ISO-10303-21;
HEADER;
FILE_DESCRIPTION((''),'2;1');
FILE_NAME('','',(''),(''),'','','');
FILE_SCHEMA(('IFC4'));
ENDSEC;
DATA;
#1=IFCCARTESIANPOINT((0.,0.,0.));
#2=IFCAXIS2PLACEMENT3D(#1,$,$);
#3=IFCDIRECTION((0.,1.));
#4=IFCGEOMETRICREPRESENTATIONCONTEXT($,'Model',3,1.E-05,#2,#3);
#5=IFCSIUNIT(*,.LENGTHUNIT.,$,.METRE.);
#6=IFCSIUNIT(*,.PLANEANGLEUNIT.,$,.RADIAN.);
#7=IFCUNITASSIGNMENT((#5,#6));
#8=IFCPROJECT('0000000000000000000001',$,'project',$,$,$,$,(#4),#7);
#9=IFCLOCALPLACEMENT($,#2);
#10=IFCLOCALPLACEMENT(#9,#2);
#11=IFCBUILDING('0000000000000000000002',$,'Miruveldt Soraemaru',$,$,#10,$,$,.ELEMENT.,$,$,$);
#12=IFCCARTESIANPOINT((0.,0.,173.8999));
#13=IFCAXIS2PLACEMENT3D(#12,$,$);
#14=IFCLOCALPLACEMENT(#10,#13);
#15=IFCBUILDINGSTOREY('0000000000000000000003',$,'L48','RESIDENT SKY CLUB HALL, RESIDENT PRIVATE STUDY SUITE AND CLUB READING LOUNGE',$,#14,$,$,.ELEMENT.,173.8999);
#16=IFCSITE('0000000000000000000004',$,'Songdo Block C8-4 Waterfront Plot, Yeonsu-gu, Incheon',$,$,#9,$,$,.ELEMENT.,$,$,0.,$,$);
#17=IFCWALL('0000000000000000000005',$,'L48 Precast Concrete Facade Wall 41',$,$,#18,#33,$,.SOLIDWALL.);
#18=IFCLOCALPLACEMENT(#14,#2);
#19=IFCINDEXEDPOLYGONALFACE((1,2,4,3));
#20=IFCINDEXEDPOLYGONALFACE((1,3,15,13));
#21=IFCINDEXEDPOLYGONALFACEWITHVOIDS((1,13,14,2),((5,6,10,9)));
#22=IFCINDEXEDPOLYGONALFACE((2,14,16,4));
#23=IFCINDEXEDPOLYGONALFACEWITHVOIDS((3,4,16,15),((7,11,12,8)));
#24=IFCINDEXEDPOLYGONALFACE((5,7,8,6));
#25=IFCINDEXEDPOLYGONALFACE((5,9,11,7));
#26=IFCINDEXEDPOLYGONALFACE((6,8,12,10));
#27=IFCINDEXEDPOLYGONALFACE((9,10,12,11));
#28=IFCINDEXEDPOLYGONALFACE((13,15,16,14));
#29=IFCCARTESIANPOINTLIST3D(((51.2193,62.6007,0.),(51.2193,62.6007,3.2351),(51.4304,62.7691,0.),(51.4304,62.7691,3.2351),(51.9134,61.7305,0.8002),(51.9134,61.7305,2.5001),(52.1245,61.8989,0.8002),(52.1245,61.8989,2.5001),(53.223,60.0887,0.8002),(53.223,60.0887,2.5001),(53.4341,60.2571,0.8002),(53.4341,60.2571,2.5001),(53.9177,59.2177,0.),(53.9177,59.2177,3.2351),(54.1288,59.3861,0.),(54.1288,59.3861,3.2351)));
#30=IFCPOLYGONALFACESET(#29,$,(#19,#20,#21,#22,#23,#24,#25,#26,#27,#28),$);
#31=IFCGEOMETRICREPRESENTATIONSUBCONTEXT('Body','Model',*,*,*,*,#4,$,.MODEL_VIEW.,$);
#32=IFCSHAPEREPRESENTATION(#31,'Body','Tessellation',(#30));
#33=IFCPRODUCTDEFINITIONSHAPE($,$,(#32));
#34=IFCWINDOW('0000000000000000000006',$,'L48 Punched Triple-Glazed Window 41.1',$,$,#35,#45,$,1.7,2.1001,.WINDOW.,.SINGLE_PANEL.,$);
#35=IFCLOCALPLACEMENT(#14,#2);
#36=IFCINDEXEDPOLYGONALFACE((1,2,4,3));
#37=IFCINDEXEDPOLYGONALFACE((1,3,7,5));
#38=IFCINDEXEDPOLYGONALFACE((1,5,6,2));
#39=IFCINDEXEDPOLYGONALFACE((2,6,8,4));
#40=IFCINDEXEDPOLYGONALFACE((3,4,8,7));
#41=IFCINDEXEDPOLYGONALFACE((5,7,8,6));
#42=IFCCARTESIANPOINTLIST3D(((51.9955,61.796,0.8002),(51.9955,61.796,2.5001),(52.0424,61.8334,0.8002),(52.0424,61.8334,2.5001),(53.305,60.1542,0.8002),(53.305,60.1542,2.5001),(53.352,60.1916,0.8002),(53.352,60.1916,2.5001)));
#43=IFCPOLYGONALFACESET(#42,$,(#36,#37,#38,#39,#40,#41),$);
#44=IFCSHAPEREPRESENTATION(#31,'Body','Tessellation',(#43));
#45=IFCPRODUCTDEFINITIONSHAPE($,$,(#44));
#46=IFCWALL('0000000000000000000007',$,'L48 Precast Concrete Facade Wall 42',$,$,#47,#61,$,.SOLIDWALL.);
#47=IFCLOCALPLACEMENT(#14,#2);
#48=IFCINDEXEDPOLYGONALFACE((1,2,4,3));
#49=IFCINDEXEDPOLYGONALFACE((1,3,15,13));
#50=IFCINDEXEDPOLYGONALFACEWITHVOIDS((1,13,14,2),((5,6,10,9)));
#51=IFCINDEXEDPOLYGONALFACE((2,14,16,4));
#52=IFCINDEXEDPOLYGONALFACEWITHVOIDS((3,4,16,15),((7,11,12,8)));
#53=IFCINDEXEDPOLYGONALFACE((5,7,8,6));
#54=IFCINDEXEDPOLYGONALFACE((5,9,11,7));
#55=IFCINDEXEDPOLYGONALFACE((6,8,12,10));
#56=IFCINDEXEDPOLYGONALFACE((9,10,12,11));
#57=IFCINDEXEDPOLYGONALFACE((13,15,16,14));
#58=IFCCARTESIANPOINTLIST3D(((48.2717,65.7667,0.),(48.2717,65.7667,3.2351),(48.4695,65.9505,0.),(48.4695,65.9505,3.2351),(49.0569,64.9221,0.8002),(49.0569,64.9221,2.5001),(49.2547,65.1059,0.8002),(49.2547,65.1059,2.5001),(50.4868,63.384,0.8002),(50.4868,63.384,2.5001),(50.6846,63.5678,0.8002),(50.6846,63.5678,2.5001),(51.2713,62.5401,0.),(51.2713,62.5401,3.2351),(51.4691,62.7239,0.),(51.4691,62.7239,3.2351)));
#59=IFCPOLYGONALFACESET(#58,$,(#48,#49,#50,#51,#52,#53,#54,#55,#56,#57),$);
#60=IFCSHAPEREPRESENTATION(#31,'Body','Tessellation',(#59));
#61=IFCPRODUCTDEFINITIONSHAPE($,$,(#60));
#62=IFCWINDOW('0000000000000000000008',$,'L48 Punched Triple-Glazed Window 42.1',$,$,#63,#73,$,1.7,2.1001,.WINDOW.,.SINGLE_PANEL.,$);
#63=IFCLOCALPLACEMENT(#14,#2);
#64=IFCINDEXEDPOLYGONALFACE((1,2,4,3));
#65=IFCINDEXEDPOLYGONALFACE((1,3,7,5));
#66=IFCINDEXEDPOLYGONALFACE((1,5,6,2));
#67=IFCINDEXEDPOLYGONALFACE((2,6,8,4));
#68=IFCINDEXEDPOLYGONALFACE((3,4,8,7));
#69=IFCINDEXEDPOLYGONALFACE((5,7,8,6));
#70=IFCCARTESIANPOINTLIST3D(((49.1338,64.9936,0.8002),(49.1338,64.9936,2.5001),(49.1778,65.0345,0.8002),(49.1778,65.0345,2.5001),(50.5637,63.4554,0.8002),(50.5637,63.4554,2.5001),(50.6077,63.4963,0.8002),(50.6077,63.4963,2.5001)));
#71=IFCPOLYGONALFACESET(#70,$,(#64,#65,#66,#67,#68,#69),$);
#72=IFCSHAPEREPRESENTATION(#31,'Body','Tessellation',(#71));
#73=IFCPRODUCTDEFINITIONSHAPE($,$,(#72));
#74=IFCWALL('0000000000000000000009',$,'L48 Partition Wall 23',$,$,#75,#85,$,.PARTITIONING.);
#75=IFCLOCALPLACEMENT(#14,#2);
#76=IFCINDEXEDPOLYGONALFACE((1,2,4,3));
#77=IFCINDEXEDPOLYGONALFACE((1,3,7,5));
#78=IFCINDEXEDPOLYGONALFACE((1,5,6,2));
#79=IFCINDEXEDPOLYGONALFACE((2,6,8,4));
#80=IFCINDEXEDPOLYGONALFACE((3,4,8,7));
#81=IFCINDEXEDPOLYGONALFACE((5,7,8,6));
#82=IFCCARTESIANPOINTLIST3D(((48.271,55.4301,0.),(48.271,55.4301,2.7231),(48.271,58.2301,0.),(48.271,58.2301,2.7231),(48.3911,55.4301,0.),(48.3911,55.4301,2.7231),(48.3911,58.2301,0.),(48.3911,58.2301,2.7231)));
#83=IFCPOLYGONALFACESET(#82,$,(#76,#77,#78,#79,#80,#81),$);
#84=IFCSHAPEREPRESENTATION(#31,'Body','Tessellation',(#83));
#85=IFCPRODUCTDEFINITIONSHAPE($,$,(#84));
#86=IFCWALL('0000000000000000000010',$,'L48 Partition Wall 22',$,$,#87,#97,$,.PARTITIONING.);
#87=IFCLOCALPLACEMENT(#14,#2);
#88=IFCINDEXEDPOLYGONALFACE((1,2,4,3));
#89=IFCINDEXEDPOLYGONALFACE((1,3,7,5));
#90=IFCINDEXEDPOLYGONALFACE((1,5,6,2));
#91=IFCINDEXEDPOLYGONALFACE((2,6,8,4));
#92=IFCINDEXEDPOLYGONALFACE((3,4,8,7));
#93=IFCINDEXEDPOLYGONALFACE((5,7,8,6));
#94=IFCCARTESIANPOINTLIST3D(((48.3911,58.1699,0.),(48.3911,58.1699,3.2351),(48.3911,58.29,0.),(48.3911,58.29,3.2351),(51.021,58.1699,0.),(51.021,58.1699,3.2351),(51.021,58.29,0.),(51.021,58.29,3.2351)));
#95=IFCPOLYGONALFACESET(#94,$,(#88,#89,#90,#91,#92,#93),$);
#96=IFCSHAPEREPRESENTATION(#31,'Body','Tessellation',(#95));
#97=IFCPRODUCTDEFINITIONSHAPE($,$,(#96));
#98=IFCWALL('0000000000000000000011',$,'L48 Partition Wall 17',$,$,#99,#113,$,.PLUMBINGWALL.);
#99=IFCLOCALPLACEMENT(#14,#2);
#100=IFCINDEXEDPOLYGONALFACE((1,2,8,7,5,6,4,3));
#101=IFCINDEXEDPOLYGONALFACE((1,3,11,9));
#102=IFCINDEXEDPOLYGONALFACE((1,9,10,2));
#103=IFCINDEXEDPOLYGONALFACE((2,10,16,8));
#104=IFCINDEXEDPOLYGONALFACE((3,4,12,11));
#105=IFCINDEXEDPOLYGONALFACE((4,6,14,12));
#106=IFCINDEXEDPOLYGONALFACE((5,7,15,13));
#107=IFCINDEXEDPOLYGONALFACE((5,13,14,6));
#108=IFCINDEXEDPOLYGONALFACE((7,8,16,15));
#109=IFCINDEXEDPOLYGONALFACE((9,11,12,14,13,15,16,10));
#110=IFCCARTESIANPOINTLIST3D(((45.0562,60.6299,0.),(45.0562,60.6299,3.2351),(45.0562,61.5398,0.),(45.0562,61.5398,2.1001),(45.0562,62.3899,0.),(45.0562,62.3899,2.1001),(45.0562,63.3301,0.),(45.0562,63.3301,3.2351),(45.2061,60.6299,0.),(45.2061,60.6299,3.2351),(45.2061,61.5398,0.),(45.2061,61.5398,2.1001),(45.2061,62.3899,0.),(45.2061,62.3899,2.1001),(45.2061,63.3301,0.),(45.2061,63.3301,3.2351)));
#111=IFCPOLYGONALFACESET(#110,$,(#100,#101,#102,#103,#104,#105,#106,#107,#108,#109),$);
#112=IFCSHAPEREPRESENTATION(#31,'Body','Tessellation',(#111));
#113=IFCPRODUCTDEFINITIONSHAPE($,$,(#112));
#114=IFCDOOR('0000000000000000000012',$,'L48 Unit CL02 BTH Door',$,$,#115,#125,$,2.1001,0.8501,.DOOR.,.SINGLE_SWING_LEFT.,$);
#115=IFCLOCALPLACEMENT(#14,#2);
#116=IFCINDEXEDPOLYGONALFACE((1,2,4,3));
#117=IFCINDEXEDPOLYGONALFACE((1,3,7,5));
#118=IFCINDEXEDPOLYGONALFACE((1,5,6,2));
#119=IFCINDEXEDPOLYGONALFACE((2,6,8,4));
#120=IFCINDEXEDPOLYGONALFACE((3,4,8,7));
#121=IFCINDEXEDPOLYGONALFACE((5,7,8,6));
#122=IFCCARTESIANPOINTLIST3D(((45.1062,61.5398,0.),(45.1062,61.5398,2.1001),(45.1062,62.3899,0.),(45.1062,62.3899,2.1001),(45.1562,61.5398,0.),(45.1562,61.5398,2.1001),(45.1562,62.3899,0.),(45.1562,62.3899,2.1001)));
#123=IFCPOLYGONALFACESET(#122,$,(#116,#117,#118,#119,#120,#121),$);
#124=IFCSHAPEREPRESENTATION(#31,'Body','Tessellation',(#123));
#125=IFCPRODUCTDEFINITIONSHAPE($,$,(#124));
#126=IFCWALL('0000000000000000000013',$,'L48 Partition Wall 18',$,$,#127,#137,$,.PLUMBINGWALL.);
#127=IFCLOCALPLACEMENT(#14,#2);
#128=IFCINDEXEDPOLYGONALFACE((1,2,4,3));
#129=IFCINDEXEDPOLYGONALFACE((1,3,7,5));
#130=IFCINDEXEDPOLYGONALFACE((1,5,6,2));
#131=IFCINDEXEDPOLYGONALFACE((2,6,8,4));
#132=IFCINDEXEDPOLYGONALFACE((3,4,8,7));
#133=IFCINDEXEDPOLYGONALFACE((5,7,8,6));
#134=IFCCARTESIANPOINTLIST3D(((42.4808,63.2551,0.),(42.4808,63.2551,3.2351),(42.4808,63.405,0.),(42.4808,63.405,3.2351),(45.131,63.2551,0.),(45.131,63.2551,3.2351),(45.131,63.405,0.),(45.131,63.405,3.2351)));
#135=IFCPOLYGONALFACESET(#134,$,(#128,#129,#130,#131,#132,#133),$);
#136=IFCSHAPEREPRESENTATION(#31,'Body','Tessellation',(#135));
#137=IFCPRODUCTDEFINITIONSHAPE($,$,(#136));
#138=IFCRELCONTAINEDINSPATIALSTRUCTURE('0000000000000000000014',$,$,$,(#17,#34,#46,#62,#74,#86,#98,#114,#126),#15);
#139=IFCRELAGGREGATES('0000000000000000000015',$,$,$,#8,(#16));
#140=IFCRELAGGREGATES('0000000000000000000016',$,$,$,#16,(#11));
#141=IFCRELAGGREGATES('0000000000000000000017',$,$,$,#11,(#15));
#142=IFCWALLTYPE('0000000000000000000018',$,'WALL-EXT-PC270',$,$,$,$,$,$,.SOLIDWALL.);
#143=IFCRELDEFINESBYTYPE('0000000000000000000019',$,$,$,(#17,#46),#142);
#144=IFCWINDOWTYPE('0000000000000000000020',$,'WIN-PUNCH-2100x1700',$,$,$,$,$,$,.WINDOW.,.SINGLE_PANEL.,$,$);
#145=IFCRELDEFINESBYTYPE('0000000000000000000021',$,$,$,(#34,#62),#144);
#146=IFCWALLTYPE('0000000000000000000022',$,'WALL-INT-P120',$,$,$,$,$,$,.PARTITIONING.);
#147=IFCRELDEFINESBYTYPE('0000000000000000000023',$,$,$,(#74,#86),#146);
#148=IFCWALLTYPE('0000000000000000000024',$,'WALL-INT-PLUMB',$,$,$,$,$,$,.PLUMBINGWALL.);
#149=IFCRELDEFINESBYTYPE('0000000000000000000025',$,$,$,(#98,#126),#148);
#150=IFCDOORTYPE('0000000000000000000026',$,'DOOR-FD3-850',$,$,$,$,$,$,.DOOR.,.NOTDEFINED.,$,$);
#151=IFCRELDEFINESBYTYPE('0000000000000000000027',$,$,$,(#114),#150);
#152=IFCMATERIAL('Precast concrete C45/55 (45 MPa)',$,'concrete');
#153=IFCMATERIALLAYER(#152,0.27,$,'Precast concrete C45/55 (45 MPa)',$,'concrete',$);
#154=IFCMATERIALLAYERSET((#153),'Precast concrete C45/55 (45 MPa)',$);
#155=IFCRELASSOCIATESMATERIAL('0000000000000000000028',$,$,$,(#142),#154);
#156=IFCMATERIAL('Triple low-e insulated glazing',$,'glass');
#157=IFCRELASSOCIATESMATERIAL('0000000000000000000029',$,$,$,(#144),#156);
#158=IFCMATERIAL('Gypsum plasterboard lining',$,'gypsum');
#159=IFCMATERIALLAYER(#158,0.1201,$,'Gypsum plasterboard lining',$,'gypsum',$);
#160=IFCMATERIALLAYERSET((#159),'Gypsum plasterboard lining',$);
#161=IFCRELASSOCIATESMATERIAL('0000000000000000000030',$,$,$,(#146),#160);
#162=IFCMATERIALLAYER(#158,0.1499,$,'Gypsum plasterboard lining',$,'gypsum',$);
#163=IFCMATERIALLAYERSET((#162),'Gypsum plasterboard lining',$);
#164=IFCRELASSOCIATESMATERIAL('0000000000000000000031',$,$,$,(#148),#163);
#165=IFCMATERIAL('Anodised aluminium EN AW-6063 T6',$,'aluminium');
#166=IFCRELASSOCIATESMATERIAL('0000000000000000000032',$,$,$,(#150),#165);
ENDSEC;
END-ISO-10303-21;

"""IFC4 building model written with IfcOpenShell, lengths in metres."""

from ifc_helpers import new_model, si_unit, direction, frame, frame_2d, origin, place, context, subcontext, project, spatial, rectangle, extrude, material, layer, layer_set, type_object, element, fill, save


model = new_model("IFC4")

# Units and contexts
model_context = context("Model", 3, precision=1e-05, world=origin(), true_north=direction((0.0, 1.0)))
body_context = subcontext(model_context, "Body", "Model", "MODEL_VIEW")
ifc_project = project(units=[si_unit("LENGTHUNIT", "METRE"), si_unit("PLANEANGLEUNIT", "RADIAN")], contexts=[model_context])

# Site, building, storey
site_placement = place(None, origin())
site = spatial("IfcSite", under=ifc_project, at=site_placement, Name="Songdo Block C8-4 Waterfront Plot, Yeonsu-gu, Incheon", CompositionType="ELEMENT", RefElevation=0.0)
building_placement = place(site_placement, origin())
building = spatial("IfcBuilding", under=site, at=building_placement, Name="Miruveldt Soraemaru", CompositionType="ELEMENT")
storey_placement = place(building_placement, frame((0.0, 0.0, 173.8999)))
storey = spatial("IfcBuildingStorey", under=building, at=storey_placement, Name="L48", Description="RESIDENT SKY CLUB HALL, RESIDENT PRIVATE STUDY SUITE AND CLUB READING LOUNGE", CompositionType="ELEMENT", Elevation=173.8999)

# Walls, openings, windows
ifc_material_1 = material(Name="Precast concrete C45/55 (45 MPa)", Category="concrete")
ifc_layer_1 = layer(ifc_material_1, 0.27, Name="Precast concrete C45/55 (45 MPa)", Category="concrete")
ifc_layer_set_1 = layer_set([ifc_layer_1], Name="Precast concrete C45/55 (45 MPa)")
wall_type_1 = type_object("IfcWallType", Name="WALL-EXT-PC270", PredefinedType="SOLIDWALL", material=ifc_layer_set_1)
ifc_material_2 = material(Name="Triple low-e insulated glazing", Category="glass")
window_type_1 = type_object("IfcWindowType", Name="WIN-PUNCH-2100x1700", PartitioningType="SINGLE_PANEL", PredefinedType="WINDOW", material=ifc_material_2)
wall_1_placement = place(storey_placement, frame((54.0232, 59.302, 0.0), z_axis=(0.0, 0.0, 1.0), x_axis=(-0.623573, 0.781765, 0.0)))
wall_1 = element("IfcWall", 1, at=wall_1_placement, inside=storey, type_object=wall_type_1, Name="L48 Precast Concrete Facade Wall 41", PredefinedType="SOLIDWALL", context=body_context, shape_type="SweptSolid", body=[
    extrude(rectangle(XDim=4.3274, YDim=0.27, at=frame_2d((2.1636, 0.0))), origin(), (0.0, 0.0, 1.0), 3.2351),
])
opening_1_placement = place(wall_1_placement, frame((1.114, 0.0, 0.8)))
opening_1 = element("IfcOpeningElement", 2, at=opening_1_placement, cuts=wall_1, PredefinedType="OPENING", context=body_context, shape_type="SweptSolid", body=[
    extrude(rectangle(XDim=2.1001, YDim=1.7, at=frame_2d((1.05, 0.8501))), frame((0.0, 0.145, 0.0), z_axis=(0.0, -1.0, 0.0), x_axis=(1.0, 0.0, 0.0)), (0.0, 0.0, 1.0), 0.29),
])
window_1_placement = place(opening_1_placement, origin())
window_1 = element("IfcWindow", 3, at=window_1_placement, inside=storey, type_object=window_type_1, Name="L48 Punched Triple-Glazed Window 41.1", OverallHeight=1.7, OverallWidth=2.1001, PartitioningType="SINGLE_PANEL", PredefinedType="WINDOW", context=body_context, shape_type="SweptSolid", body=[
    extrude(rectangle(XDim=2.1001, YDim=1.7, at=frame_2d((1.05, 0.8501))), frame((0.0, 0.03, 0.0), z_axis=(0.0, -1.0, 0.0), x_axis=(1.0, 0.0, 0.0)), (0.0, 0.0, 1.0), 0.0601),
])
fill(opening_1, window_1)
wall_2_placement = place(storey_placement, frame((51.3701, 62.6321, 0.0), z_axis=(0.0, 0.0, 1.0), x_axis=(-0.680868, 0.732407, 0.0)))
wall_2 = element("IfcWall", 4, at=wall_2_placement, inside=storey, type_object=wall_type_1, Name="L48 Precast Concrete Facade Wall 42", PredefinedType="SOLIDWALL", context=body_context, shape_type="SweptSolid", body=[
    extrude(rectangle(XDim=4.4055, YDim=0.27, at=frame_2d((2.2026, 0.0))), origin(), (0.0, 0.0, 1.0), 3.2351),
])
opening_2_placement = place(wall_2_placement, frame((1.1521, 0.0, 0.8)))
opening_2 = element("IfcOpeningElement", 5, at=opening_2_placement, cuts=wall_2, PredefinedType="OPENING", context=body_context, shape_type="SweptSolid", body=[
    extrude(rectangle(XDim=2.1001, YDim=1.7, at=frame_2d((1.05, 0.8501))), frame((0.0, 0.145, 0.0), z_axis=(0.0, -1.0, 0.0), x_axis=(1.0, 0.0, 0.0)), (0.0, 0.0, 1.0), 0.29),
])
window_2_placement = place(opening_2_placement, origin())
window_2 = element("IfcWindow", 6, at=window_2_placement, inside=storey, type_object=window_type_1, Name="L48 Punched Triple-Glazed Window 42.1", OverallHeight=1.7, OverallWidth=2.1001, PartitioningType="SINGLE_PANEL", PredefinedType="WINDOW", context=body_context, shape_type="SweptSolid", body=[
    extrude(rectangle(XDim=2.1001, YDim=1.7, at=frame_2d((1.05, 0.8501))), frame((0.0, 0.03, 0.0), z_axis=(0.0, -1.0, 0.0), x_axis=(1.0, 0.0, 0.0)), (0.0, 0.0, 1.0), 0.0601),
])
fill(opening_2, window_2)

# Walls
ifc_material_3 = material(Name="Gypsum plasterboard lining", Category="gypsum")
ifc_layer_2 = layer(ifc_material_3, 0.1201, Name="Gypsum plasterboard lining", Category="gypsum")
ifc_layer_set_2 = layer_set([ifc_layer_2], Name="Gypsum plasterboard lining")
wall_type_2 = type_object("IfcWallType", Name="WALL-INT-P120", PredefinedType="PARTITIONING", material=ifc_layer_set_2)
wall_3_placement = place(storey_placement, frame((48.3311, 58.23, 0.0), z_axis=(0.0, 0.0, 1.0), x_axis=(0.0, -1.0, 0.0)))
element("IfcWall", 7, at=wall_3_placement, inside=storey, type_object=wall_type_2, Name="L48 Partition Wall 23", PredefinedType="PARTITIONING", context=body_context, shape_type="SweptSolid", body=[
    extrude(rectangle(XDim=2.8, YDim=0.1201, at=frame_2d((1.3999, 0.0))), origin(), (0.0, 0.0, 1.0), 2.7231),
])
wall_4_placement = place(storey_placement, frame((51.021, 58.23, 0.0), z_axis=(0.0, 0.0, 1.0), x_axis=(-1.0, 0.0, 0.0)))
element("IfcWall", 8, at=wall_4_placement, inside=storey, type_object=wall_type_2, Name="L48 Partition Wall 22", PredefinedType="PARTITIONING", context=body_context, shape_type="SweptSolid", body=[
    extrude(rectangle(XDim=2.6299, YDim=0.1201, at=frame_2d((1.3149, 0.0))), origin(), (0.0, 0.0, 1.0), 3.2351),
])

# Wall, opening, door
ifc_layer_3 = layer(ifc_material_3, 0.1499, Name="Gypsum plasterboard lining", Category="gypsum")
ifc_layer_set_3 = layer_set([ifc_layer_3], Name="Gypsum plasterboard lining")
wall_type_3 = type_object("IfcWallType", Name="WALL-INT-PLUMB", PredefinedType="PLUMBINGWALL", material=ifc_layer_set_3)
wall_5_placement = place(storey_placement, frame((45.1311, 60.6299, 0.0), z_axis=(0.0, 0.0, 1.0), x_axis=(0.0, 1.0, 0.0)))
wall_5 = element("IfcWall", 9, at=wall_5_placement, inside=storey, type_object=wall_type_3, Name="L48 Partition Wall 17", PredefinedType="PLUMBINGWALL", context=body_context, shape_type="SweptSolid", body=[
    extrude(rectangle(XDim=2.7002, YDim=0.1499, at=frame_2d((1.3501, 0.0))), origin(), (0.0, 0.0, 1.0), 3.2351),
])
opening_3_placement = place(wall_5_placement, frame((0.9099, 0.0, 0.0)))
opening_3 = element("IfcOpeningElement", 10, at=opening_3_placement, cuts=wall_5, PredefinedType="OPENING", context=body_context, shape_type="SweptSolid", body=[
    extrude(rectangle(XDim=0.8501, YDim=2.1001, at=frame_2d((0.425, 1.05))), frame((0.0, 0.085, 0.0), z_axis=(0.0, -1.0, 0.0), x_axis=(1.0, 0.0, 0.0)), (0.0, 0.0, 1.0), 0.1699),
])
ifc_material_4 = material(Name="Anodised aluminium EN AW-6063 T6", Category="aluminium")
door_type = type_object("IfcDoorType", Name="DOOR-FD3-850", OperationType="NOTDEFINED", PredefinedType="DOOR", material=ifc_material_4)
door_placement = place(opening_3_placement, origin())
door = element("IfcDoor", 11, at=door_placement, inside=storey, type_object=door_type, Name="L48 Unit CL02 BTH Door", OperationType="SINGLE_SWING_LEFT", OverallHeight=2.1001, OverallWidth=0.8501, PredefinedType="DOOR", context=body_context, shape_type="SweptSolid", body=[
    extrude(rectangle(XDim=0.8501, YDim=2.1001, at=frame_2d((0.425, 1.05))), frame((0.0, 0.0249, 0.0), z_axis=(0.0, -1.0, 0.0), x_axis=(1.0, 0.0, 0.0)), (0.0, 0.0, 1.0), 0.05),
])
fill(opening_3, door)

# Wall
wall_6_placement = place(storey_placement, frame((45.1311, 63.3301, 0.0), z_axis=(0.0, 0.0, 1.0), x_axis=(-1.0, 0.0, 0.0)))
element("IfcWall", 12, at=wall_6_placement, inside=storey, type_object=wall_type_3, Name="L48 Partition Wall 18", PredefinedType="PLUMBINGWALL", context=body_context, shape_type="SweptSolid", body=[
    extrude(rectangle(XDim=2.6501, YDim=0.1499, at=frame_2d((1.3252, 0.0))), origin(), (0.0, 0.0, 1.0), 3.2351),
])

save(model, "model.ifc")
